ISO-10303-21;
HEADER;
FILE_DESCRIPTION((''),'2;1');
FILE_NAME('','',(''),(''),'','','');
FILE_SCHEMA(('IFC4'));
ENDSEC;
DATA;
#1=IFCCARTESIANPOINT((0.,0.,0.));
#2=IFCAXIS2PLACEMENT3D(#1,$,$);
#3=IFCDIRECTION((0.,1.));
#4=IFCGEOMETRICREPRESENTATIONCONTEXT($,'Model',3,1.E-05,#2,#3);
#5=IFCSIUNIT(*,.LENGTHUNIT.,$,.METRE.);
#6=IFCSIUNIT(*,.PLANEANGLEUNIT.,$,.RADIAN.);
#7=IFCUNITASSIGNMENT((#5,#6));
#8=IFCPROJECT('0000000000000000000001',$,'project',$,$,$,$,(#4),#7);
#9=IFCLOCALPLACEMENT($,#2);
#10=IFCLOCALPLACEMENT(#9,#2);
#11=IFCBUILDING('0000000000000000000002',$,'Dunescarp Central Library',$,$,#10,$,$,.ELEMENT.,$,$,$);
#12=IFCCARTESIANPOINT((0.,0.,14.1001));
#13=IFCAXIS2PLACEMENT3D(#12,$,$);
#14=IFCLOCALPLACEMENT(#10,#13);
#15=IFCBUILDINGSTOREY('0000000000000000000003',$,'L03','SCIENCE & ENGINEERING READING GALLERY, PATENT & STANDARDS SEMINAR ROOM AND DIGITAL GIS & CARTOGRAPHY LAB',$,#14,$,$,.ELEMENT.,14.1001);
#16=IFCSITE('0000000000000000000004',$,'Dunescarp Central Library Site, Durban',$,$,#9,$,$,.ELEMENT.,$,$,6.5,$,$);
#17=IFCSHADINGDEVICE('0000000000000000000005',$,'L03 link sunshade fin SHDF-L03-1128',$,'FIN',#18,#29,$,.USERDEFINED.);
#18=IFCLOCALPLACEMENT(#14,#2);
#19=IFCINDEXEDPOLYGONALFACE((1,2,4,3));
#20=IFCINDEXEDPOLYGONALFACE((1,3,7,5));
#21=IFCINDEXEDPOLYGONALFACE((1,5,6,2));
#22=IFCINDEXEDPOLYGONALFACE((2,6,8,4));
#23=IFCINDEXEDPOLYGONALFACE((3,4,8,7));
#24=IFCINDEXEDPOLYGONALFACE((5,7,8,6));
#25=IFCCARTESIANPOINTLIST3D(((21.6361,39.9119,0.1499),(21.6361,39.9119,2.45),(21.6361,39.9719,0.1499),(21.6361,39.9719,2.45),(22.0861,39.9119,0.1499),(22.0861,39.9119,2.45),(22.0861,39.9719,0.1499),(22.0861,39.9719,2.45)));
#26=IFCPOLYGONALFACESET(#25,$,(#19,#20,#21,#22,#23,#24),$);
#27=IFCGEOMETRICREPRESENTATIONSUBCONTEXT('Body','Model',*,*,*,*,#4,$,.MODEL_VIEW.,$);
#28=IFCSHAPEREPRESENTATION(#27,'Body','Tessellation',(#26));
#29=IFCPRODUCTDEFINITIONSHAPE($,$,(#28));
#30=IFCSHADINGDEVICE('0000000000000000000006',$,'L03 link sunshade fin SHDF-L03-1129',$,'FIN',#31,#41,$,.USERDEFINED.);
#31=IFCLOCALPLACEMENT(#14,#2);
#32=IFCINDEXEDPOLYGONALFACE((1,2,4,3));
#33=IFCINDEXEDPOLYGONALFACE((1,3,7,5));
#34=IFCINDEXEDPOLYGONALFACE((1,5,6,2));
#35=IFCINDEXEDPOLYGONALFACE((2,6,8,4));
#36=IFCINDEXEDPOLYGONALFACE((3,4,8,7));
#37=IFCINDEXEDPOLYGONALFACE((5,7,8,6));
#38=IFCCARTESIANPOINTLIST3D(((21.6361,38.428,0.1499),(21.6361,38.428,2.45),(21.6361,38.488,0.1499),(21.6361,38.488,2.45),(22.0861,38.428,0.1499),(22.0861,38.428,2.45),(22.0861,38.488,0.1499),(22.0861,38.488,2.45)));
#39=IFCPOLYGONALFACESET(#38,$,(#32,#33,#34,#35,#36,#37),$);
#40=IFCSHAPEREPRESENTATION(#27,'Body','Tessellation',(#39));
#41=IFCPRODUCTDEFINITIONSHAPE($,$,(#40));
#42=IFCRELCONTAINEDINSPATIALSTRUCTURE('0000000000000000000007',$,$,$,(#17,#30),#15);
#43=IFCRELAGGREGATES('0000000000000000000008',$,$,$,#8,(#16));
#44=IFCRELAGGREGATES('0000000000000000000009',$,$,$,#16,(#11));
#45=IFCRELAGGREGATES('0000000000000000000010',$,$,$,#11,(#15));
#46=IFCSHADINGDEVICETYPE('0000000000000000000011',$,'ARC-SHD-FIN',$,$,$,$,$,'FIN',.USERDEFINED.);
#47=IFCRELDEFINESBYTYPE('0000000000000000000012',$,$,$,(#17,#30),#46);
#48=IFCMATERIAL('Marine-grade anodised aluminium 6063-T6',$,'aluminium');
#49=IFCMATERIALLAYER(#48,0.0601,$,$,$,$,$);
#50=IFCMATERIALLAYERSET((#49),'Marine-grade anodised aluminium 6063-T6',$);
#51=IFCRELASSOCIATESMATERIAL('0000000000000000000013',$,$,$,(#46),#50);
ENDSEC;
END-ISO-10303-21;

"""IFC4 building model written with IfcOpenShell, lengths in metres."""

from ifc_helpers import new_model, si_unit, direction, frame, origin, origin_2d, place, context, subcontext, project, spatial, rectangle, extrude, material, layer, layer_set, type_object, element, save


model = new_model("IFC4")

# Units and contexts
model_context = context("Model", 3, precision=1e-05, world=origin(), true_north=direction((0.0, 1.0)))
body_context = subcontext(model_context, "Body", "Model", "MODEL_VIEW")
ifc_project = project(units=[si_unit("LENGTHUNIT", "METRE"), si_unit("PLANEANGLEUNIT", "RADIAN")], contexts=[model_context])

# Site, building, storey
site_placement = place(None, origin())
site = spatial("IfcSite", under=ifc_project, at=site_placement, Name="Dunescarp Central Library Site, Durban", CompositionType="ELEMENT", RefElevation=6.5)
building_placement = place(site_placement, origin())
building = spatial("IfcBuilding", under=site, at=building_placement, Name="Dunescarp Central Library", CompositionType="ELEMENT")
storey_placement = place(building_placement, frame((0.0, 0.0, 14.1001)))
storey = spatial("IfcBuildingStorey", under=building, at=storey_placement, Name="L03", Description="SCIENCE & ENGINEERING READING GALLERY, PATENT & STANDARDS SEMINAR ROOM AND DIGITAL GIS & CARTOGRAPHY LAB", CompositionType="ELEMENT", Elevation=14.1001)

# Shared definitions
ifc_material_1 = material(Name="Marine-grade anodised aluminium 6063-T6", Category="aluminium")

# Shading devices
ifc_layer_1 = layer(ifc_material_1, 0.0601)
ifc_layer_set_1 = layer_set([ifc_layer_1], Name="Marine-grade anodised aluminium 6063-T6")
shading_device_type = type_object("IfcShadingDeviceType", Name="ARC-SHD-FIN", ElementType="FIN", PredefinedType="USERDEFINED", material=ifc_layer_set_1)
for number, where, z_axis, x_axis, name in (
    (1, (21.8611, 39.9419, 0.1499), (0.0, 0.0, 1.0), (1.0, 0.0, 0.0), "L03 link sunshade fin SHDF-L03-1128"),
    (2, (21.8611, 38.458, 0.1499), (0.0, 0.0, 1.0), (1.0, 0.0, 0.0), "L03 link sunshade fin SHDF-L03-1129"),
):
    element("IfcShadingDevice", number, at=place(storey_placement, frame(where, z_axis=z_axis, x_axis=x_axis)), inside=storey, type_object=shading_device_type, Name=name, ObjectType="FIN", PredefinedType="USERDEFINED", context=body_context, shape_type="SweptSolid", body=[
        extrude(rectangle(XDim=0.45, YDim=0.0601, at=origin_2d()), origin(), (0.0, 0.0, 1.0), 2.3),
    ])

save(model, "model.ifc")
